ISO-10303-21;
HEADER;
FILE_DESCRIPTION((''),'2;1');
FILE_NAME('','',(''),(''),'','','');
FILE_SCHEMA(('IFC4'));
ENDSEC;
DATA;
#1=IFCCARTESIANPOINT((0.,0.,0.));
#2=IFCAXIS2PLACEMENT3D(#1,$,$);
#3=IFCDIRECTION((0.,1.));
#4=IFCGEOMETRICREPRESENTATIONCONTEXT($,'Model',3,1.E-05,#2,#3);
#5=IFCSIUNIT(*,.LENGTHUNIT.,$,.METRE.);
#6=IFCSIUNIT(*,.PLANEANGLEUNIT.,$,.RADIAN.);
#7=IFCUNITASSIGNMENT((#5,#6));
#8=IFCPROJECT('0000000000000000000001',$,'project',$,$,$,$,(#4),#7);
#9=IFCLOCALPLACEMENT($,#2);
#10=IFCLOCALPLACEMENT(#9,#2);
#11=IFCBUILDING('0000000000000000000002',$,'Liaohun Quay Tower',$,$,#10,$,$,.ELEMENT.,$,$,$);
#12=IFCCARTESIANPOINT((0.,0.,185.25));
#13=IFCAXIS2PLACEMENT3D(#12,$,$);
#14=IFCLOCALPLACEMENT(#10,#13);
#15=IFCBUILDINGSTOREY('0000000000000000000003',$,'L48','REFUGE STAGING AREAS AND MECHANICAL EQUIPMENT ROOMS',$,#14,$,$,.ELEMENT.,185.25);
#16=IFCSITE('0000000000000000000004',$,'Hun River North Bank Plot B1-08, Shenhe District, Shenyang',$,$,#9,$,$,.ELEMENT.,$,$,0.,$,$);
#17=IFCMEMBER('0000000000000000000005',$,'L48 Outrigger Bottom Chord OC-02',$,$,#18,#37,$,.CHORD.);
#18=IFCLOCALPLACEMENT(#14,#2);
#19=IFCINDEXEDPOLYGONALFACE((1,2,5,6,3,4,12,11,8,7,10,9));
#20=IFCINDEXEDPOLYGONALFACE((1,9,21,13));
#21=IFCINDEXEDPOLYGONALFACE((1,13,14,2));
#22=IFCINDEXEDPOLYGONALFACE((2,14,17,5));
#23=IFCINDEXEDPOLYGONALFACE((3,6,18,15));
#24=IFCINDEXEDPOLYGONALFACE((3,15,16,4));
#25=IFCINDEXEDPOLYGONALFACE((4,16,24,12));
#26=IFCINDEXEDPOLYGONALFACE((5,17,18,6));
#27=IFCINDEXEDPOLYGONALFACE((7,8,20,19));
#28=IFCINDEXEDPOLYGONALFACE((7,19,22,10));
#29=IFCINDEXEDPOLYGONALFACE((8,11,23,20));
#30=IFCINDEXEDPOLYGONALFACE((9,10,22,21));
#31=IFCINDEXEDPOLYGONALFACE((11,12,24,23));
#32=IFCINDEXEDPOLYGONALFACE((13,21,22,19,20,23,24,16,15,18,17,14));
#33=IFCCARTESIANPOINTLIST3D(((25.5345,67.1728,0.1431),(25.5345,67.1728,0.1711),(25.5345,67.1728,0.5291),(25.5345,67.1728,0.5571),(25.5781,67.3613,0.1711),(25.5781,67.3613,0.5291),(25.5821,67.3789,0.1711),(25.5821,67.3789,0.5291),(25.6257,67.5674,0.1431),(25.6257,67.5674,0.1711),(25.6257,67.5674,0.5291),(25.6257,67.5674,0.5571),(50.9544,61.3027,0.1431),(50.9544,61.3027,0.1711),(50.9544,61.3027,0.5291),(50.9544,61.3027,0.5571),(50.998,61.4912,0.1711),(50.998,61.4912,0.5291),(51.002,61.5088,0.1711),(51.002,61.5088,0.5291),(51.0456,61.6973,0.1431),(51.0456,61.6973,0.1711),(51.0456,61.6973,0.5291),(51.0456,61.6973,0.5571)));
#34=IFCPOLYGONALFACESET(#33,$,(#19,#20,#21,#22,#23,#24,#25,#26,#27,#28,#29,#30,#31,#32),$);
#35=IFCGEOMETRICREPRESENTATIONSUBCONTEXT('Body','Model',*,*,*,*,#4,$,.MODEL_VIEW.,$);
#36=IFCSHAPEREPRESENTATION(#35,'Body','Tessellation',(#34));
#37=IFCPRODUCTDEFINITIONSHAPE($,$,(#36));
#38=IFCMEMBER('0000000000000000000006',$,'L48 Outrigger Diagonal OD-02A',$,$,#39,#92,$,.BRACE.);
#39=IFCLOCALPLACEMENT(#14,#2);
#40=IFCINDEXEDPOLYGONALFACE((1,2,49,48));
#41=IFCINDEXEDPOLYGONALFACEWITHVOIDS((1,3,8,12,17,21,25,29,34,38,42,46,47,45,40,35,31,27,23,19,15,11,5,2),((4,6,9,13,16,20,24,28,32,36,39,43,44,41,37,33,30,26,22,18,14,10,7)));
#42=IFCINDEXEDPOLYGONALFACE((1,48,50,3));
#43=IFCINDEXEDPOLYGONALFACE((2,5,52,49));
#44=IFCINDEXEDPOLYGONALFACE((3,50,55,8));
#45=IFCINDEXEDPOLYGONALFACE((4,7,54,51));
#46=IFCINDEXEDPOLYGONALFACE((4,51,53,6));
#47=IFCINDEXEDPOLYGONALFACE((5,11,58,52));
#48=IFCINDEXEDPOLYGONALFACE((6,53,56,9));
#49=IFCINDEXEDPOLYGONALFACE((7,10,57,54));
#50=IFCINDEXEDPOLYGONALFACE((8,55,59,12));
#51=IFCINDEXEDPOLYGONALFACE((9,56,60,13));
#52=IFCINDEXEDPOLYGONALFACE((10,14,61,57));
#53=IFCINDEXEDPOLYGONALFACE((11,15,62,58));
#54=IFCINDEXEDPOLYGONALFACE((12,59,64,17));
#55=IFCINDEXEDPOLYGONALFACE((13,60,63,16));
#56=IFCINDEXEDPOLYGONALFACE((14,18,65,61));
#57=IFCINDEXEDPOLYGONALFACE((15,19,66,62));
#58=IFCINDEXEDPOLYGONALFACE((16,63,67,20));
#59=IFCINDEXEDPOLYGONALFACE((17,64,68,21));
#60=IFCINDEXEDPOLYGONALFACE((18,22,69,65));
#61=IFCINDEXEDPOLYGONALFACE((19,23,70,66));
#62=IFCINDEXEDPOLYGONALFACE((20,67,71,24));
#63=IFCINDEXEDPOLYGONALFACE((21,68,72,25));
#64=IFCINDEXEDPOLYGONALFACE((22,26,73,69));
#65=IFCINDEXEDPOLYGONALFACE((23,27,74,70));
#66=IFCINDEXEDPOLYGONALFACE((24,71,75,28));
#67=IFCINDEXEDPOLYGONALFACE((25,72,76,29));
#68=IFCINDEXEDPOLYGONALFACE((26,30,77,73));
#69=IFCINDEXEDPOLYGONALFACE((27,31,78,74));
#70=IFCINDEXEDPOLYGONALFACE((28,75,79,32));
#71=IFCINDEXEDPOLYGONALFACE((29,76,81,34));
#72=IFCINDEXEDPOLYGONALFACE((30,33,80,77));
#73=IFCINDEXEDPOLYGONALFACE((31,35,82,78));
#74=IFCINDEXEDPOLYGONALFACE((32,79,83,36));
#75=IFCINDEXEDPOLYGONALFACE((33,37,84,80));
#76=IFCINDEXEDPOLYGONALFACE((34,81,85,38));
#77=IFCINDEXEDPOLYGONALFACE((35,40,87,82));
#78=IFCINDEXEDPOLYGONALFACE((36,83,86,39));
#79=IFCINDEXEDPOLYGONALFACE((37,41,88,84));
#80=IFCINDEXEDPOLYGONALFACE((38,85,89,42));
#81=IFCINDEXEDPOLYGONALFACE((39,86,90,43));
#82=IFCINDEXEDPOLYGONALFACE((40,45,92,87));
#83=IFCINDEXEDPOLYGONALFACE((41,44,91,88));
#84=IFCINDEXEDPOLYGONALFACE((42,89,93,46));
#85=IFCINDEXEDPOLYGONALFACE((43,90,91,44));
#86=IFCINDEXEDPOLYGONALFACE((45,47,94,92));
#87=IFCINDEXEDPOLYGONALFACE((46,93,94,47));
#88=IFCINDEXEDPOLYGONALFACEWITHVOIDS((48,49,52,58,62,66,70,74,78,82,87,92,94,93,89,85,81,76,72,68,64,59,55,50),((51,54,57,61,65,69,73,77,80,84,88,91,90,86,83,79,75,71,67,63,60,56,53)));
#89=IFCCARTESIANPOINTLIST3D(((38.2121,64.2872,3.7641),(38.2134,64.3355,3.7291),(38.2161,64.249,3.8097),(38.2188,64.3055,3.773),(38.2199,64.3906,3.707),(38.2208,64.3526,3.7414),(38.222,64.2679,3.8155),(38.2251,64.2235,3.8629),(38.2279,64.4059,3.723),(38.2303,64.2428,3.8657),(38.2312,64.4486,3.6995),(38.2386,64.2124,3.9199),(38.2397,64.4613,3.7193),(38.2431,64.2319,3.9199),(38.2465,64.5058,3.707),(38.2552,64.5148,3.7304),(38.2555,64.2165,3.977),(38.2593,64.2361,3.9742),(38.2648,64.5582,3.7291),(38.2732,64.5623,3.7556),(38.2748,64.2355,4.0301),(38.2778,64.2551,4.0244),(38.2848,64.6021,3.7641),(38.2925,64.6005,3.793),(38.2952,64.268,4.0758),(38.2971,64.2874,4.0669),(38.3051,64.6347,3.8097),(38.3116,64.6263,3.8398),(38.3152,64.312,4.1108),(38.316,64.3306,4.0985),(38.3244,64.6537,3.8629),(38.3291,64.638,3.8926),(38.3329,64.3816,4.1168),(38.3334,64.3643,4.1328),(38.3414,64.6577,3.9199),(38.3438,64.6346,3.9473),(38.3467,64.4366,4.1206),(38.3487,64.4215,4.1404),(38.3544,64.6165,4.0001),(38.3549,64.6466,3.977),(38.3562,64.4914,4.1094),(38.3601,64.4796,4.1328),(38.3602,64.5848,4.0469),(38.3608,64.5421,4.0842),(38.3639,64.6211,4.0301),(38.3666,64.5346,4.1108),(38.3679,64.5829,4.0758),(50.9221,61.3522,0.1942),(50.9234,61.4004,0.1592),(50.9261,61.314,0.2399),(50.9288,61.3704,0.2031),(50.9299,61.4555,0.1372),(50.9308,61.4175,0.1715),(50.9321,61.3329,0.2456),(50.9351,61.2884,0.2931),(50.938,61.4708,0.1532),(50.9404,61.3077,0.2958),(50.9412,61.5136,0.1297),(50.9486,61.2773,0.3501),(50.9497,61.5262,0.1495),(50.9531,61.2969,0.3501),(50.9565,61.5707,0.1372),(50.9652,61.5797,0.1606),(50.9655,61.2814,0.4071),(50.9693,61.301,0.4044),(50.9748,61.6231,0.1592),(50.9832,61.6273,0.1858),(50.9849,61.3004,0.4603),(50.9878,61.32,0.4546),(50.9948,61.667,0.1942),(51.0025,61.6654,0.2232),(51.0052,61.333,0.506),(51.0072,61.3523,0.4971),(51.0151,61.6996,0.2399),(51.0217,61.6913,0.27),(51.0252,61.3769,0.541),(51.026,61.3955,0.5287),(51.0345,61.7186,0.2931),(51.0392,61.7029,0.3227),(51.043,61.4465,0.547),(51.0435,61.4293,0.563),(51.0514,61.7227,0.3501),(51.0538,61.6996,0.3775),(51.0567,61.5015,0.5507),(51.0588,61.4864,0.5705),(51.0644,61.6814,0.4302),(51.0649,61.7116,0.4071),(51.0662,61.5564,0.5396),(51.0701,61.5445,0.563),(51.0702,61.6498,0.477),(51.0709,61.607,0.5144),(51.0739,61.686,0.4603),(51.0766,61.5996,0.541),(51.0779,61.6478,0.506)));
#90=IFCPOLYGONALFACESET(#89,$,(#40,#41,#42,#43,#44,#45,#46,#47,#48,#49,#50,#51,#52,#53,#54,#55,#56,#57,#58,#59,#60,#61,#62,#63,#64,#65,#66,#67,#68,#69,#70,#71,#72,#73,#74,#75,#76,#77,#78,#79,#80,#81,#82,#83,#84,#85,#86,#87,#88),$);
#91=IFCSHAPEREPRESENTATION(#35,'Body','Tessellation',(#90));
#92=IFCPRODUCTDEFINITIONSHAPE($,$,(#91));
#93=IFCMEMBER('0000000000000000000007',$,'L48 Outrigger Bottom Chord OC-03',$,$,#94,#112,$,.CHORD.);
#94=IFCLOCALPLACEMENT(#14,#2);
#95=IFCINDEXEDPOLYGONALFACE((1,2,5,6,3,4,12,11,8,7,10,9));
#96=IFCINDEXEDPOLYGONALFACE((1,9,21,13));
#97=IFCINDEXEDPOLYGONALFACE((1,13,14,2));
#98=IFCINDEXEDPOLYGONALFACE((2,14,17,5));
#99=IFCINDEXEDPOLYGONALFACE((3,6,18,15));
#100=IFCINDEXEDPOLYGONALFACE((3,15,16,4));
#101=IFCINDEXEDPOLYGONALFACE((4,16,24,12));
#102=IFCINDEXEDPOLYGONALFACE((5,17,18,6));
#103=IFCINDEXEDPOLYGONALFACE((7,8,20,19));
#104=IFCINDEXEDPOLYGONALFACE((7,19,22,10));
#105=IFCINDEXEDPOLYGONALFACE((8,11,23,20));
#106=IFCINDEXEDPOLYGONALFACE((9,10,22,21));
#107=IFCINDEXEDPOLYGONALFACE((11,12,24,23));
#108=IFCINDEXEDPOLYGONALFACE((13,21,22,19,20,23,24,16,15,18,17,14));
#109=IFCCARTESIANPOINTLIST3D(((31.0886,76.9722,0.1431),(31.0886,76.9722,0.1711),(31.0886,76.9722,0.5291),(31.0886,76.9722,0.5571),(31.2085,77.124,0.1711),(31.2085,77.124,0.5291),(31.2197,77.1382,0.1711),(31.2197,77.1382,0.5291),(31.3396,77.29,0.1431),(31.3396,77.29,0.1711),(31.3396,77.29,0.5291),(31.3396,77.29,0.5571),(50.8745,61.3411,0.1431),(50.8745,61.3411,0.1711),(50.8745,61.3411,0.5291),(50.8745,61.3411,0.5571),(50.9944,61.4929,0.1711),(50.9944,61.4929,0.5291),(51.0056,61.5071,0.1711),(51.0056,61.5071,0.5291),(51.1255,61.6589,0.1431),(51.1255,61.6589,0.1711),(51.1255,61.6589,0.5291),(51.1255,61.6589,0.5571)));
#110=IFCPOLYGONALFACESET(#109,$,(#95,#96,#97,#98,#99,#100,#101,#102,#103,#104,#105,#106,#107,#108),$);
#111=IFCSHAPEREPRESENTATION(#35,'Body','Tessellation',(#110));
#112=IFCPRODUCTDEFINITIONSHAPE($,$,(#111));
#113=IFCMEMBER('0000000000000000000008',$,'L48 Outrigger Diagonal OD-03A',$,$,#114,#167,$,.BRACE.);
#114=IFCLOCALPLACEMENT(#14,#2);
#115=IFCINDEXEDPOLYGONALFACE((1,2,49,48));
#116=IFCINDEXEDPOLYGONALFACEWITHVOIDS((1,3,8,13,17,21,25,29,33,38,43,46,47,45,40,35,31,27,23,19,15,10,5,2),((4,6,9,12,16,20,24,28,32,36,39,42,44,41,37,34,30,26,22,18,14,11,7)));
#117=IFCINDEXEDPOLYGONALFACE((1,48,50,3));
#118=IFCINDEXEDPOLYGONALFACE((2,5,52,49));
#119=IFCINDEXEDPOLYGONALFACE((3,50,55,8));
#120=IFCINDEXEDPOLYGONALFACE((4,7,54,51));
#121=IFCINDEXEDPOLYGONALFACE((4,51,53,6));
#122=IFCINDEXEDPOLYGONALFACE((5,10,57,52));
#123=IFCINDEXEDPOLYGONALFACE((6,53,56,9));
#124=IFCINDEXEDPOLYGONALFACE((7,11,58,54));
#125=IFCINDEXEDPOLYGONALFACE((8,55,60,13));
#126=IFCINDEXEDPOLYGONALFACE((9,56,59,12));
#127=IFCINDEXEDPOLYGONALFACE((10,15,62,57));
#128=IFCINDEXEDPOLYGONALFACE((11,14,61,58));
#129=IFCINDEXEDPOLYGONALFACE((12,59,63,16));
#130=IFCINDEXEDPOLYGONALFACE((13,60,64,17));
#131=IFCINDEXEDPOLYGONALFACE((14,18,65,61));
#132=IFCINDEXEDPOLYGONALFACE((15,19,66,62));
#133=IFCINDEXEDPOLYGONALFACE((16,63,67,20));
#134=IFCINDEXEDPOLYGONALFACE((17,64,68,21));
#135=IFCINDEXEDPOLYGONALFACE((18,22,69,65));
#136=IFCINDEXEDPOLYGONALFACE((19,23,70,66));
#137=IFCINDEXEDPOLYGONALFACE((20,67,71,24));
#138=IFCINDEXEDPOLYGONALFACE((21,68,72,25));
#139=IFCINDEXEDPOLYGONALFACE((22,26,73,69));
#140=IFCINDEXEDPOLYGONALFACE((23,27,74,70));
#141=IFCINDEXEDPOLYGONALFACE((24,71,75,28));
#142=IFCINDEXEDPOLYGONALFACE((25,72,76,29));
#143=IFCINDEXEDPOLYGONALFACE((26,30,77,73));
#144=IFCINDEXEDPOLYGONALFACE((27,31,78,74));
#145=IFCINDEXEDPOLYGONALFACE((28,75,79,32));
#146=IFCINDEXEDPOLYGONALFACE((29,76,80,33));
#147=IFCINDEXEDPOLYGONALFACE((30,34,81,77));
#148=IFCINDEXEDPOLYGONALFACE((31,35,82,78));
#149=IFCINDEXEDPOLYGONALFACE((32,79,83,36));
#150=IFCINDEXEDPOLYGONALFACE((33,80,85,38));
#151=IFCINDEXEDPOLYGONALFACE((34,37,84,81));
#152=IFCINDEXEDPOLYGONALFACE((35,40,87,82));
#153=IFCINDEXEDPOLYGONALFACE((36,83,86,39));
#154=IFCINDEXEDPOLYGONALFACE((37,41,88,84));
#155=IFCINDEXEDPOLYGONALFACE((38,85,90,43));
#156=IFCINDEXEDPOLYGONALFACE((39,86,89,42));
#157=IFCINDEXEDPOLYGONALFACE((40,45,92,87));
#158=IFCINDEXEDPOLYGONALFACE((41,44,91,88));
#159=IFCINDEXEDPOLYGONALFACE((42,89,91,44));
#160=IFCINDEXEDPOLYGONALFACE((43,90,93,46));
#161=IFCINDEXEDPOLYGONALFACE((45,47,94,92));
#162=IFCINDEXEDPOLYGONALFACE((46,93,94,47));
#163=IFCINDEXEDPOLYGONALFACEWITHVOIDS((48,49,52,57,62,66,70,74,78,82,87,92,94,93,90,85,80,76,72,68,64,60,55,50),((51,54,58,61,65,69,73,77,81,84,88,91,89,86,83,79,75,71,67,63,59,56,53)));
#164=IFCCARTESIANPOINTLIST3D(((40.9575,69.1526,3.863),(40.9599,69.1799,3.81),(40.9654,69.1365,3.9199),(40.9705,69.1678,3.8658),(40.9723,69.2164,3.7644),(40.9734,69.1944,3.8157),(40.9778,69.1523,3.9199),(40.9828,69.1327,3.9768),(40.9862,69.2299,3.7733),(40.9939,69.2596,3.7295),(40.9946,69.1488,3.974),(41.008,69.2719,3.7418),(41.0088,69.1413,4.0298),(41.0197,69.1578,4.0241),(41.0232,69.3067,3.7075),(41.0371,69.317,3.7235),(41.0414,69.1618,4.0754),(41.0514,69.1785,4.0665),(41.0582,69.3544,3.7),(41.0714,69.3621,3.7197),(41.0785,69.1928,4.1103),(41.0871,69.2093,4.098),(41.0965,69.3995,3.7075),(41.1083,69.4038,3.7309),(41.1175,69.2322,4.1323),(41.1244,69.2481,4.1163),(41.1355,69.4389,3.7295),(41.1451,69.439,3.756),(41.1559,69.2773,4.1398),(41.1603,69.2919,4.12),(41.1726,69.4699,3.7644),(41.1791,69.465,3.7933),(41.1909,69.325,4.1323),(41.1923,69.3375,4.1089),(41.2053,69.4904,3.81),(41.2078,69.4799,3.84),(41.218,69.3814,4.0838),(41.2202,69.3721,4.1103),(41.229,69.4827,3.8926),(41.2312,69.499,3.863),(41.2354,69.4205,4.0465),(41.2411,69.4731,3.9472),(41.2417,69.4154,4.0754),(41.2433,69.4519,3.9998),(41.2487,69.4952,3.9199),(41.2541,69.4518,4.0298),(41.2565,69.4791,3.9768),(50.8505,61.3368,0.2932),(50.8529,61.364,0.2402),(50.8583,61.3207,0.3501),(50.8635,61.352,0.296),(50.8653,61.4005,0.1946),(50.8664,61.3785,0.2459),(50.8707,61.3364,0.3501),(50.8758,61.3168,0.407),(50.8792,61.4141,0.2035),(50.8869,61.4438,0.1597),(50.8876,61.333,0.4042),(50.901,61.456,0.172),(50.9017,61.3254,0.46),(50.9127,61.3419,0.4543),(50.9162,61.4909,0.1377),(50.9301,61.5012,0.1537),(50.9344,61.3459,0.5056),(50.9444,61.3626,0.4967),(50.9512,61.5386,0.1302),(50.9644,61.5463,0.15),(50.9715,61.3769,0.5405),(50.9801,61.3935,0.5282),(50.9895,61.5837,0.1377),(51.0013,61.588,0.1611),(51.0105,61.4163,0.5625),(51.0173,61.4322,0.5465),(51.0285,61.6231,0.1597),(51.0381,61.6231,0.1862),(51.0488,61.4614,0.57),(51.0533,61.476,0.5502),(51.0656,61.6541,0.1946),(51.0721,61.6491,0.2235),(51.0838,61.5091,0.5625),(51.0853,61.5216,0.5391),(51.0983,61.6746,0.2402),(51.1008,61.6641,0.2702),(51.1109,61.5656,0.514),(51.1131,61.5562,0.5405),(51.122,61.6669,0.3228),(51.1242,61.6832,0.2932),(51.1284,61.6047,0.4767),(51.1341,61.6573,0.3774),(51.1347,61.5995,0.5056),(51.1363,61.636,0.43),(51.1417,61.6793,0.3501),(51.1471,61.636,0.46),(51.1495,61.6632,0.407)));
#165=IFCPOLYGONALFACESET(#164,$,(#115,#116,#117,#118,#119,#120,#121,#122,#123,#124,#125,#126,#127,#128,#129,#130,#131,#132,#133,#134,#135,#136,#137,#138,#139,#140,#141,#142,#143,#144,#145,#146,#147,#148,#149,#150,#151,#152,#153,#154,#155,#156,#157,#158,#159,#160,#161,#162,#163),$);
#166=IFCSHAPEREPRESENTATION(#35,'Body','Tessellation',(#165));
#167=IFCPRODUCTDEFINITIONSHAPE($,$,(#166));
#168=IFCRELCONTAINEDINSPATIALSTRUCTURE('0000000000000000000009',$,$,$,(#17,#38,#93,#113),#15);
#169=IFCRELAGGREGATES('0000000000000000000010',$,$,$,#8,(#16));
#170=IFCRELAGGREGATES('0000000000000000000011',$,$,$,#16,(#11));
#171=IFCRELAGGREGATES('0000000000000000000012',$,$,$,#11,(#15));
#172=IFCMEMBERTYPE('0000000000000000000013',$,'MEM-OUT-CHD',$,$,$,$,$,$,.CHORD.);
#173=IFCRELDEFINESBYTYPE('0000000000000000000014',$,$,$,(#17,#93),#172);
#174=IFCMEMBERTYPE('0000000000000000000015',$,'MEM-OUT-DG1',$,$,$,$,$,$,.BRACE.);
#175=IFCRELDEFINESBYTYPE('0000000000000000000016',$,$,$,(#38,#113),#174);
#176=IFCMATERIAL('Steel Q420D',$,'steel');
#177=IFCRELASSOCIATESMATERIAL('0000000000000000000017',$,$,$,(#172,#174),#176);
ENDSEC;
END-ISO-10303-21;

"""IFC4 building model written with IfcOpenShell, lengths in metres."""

from ifc_helpers import new_model, si_unit, direction, frame, origin, origin_2d, place, context, subcontext, project, spatial, hollow_circle, i_section, extrude, source, transform, mapped, material, material_profile, profile_set, type_object, element, save


model = new_model("IFC4")

# Units and contexts
model_context = context("Model", 3, precision=1e-05, world=origin(), true_north=direction((0.0, 1.0)))
body_context = subcontext(model_context, "Body", "Model", "MODEL_VIEW")
ifc_project = project(units=[si_unit("LENGTHUNIT", "METRE"), si_unit("PLANEANGLEUNIT", "RADIAN")], contexts=[model_context])

# Site, building, storey
site_placement = place(None, origin())
site = spatial("IfcSite", under=ifc_project, at=site_placement, Name="Hun River North Bank Plot B1-08, Shenhe District, Shenyang", CompositionType="ELEMENT", RefElevation=0.0)
building_placement = place(site_placement, origin())
building = spatial("IfcBuilding", under=site, at=building_placement, Name="Liaohun Quay Tower", CompositionType="ELEMENT")
storey_placement = place(building_placement, frame((0.0, 0.0, 185.25)))
storey = spatial("IfcBuildingStorey", under=building, at=storey_placement, Name="L48", Description="REFUGE STAGING AREAS AND MECHANICAL EQUIPMENT ROOMS", CompositionType="ELEMENT", Elevation=185.25)

# Members
ifc_material_1 = material(Name="Steel Q420D", Category="steel")
ifc_material_profile_1 = material_profile(ifc_material_1, i_section(OverallWidth=0.405, OverallDepth=0.4141, WebThickness=0.0181, FlangeThickness=0.0281, at=origin_2d()), Name="HW414x405x18x28")
ifc_profile_set_1 = profile_set([ifc_material_profile_1], Name="Steel Q420D")
member_type_1 = type_object("IfcMemberType", Name="MEM-OUT-CHD", PredefinedType="CHORD", material=ifc_profile_set_1)
shared_shape_1 = source(origin(), body_context, "Body", "SweptSolid", [
    extrude(i_section(OverallWidth=0.405, OverallDepth=0.4141, WebThickness=0.0181, FlangeThickness=0.0281, at=origin_2d()), origin(), (0.0, 0.0, 1.0), 26.0889),
])
member_1_placement = place(storey_placement, frame((51.0, 61.5, 0.3501), z_axis=(-0.974358, 0.225004, 0.0), x_axis=(-0.225004, -0.974358, 0.0)))
element("IfcMember", 1, at=member_1_placement, inside=storey, type_object=member_type_1, Name="L48 Outrigger Bottom Chord OC-02", PredefinedType="CHORD", context=body_context, shape_type="MappedRepresentation", body=[
    mapped(shared_shape_1, transform((0.0, 0.0, 0.0), x_axis=(1.0, 0.0, 0.0), y_axis=(0.0, 1.0, 0.0), z_axis=(0.0, 0.0, 1.0), scale=1.0)),
])
ifc_material_profile_2 = material_profile(ifc_material_1, hollow_circle(Radius=0.2285, WallThickness=0.02, at=origin_2d()), Name="CHS457x20")
ifc_profile_set_2 = profile_set([ifc_material_profile_2], Name="Steel Q420D")
member_type_2 = type_object("IfcMemberType", Name="MEM-OUT-DG1", PredefinedType="BRACE", material=ifc_profile_set_2)
shared_shape_2 = source(origin(), body_context, "Body", "SweptSolid", [
    extrude(hollow_circle(Radius=0.2285, WallThickness=0.02, at=origin_2d()), origin(), (0.0, 0.0, 1.0), 13.5242),
])
member_2_placement = place(storey_placement, frame((51.0, 61.5, 0.3501), z_axis=(-0.939801, 0.217024, 0.26396), x_axis=(-0.225004, -0.974358, 0.0)))
element("IfcMember", 2, at=member_2_placement, inside=storey, type_object=member_type_2, Name="L48 Outrigger Diagonal OD-02A", PredefinedType="BRACE", context=body_context, shape_type="MappedRepresentation", body=[
    mapped(shared_shape_2, transform((0.0, 0.0, 0.0), x_axis=(1.0, 0.0, 0.0), y_axis=(0.0, 1.0, 0.0), z_axis=(0.0, 0.0, 1.0), scale=1.0)),
])
shared_shape_3 = source(origin(), body_context, "Body", "SweptSolid", [
    extrude(i_section(OverallWidth=0.405, OverallDepth=0.4141, WebThickness=0.0181, FlangeThickness=0.0281, at=origin_2d()), origin(), (0.0, 0.0, 1.0), 25.2153),
])
member_3_placement = place(storey_placement, frame((51.0, 61.5, 0.3501), z_axis=(-0.784677, 0.619905, 0.0), x_axis=(-0.619905, -0.784677, 0.0)))
element("IfcMember", 3, at=member_3_placement, inside=storey, type_object=member_type_1, Name="L48 Outrigger Bottom Chord OC-03", PredefinedType="CHORD", context=body_context, shape_type="MappedRepresentation", body=[
    mapped(shared_shape_3, transform((0.0, 0.0, 0.0), x_axis=(1.0, 0.0, 0.0), y_axis=(0.0, 1.0, 0.0), z_axis=(0.0, 0.0, 1.0), scale=1.0)),
])
shared_shape_4 = source(origin(), body_context, "Body", "SweptSolid", [
    extrude(hollow_circle(Radius=0.2285, WallThickness=0.02, at=origin_2d()), origin(), (0.0, 0.0, 1.0), 13.1035),
])
member_4_placement = place(storey_placement, frame((51.0, 61.5, 0.3501), z_axis=(-0.754987, 0.59647, 0.27243), x_axis=(-0.619918, -0.784667, 0.0)))
element("IfcMember", 4, at=member_4_placement, inside=storey, type_object=member_type_2, Name="L48 Outrigger Diagonal OD-03A", PredefinedType="BRACE", context=body_context, shape_type="MappedRepresentation", body=[
    mapped(shared_shape_4, transform((0.0, 0.0, 0.0), x_axis=(1.0, 0.0, 0.0), y_axis=(0.0, 1.0, 0.0), z_axis=(0.0, 0.0, 1.0), scale=1.0)),
])

save(model, "model.ifc")
